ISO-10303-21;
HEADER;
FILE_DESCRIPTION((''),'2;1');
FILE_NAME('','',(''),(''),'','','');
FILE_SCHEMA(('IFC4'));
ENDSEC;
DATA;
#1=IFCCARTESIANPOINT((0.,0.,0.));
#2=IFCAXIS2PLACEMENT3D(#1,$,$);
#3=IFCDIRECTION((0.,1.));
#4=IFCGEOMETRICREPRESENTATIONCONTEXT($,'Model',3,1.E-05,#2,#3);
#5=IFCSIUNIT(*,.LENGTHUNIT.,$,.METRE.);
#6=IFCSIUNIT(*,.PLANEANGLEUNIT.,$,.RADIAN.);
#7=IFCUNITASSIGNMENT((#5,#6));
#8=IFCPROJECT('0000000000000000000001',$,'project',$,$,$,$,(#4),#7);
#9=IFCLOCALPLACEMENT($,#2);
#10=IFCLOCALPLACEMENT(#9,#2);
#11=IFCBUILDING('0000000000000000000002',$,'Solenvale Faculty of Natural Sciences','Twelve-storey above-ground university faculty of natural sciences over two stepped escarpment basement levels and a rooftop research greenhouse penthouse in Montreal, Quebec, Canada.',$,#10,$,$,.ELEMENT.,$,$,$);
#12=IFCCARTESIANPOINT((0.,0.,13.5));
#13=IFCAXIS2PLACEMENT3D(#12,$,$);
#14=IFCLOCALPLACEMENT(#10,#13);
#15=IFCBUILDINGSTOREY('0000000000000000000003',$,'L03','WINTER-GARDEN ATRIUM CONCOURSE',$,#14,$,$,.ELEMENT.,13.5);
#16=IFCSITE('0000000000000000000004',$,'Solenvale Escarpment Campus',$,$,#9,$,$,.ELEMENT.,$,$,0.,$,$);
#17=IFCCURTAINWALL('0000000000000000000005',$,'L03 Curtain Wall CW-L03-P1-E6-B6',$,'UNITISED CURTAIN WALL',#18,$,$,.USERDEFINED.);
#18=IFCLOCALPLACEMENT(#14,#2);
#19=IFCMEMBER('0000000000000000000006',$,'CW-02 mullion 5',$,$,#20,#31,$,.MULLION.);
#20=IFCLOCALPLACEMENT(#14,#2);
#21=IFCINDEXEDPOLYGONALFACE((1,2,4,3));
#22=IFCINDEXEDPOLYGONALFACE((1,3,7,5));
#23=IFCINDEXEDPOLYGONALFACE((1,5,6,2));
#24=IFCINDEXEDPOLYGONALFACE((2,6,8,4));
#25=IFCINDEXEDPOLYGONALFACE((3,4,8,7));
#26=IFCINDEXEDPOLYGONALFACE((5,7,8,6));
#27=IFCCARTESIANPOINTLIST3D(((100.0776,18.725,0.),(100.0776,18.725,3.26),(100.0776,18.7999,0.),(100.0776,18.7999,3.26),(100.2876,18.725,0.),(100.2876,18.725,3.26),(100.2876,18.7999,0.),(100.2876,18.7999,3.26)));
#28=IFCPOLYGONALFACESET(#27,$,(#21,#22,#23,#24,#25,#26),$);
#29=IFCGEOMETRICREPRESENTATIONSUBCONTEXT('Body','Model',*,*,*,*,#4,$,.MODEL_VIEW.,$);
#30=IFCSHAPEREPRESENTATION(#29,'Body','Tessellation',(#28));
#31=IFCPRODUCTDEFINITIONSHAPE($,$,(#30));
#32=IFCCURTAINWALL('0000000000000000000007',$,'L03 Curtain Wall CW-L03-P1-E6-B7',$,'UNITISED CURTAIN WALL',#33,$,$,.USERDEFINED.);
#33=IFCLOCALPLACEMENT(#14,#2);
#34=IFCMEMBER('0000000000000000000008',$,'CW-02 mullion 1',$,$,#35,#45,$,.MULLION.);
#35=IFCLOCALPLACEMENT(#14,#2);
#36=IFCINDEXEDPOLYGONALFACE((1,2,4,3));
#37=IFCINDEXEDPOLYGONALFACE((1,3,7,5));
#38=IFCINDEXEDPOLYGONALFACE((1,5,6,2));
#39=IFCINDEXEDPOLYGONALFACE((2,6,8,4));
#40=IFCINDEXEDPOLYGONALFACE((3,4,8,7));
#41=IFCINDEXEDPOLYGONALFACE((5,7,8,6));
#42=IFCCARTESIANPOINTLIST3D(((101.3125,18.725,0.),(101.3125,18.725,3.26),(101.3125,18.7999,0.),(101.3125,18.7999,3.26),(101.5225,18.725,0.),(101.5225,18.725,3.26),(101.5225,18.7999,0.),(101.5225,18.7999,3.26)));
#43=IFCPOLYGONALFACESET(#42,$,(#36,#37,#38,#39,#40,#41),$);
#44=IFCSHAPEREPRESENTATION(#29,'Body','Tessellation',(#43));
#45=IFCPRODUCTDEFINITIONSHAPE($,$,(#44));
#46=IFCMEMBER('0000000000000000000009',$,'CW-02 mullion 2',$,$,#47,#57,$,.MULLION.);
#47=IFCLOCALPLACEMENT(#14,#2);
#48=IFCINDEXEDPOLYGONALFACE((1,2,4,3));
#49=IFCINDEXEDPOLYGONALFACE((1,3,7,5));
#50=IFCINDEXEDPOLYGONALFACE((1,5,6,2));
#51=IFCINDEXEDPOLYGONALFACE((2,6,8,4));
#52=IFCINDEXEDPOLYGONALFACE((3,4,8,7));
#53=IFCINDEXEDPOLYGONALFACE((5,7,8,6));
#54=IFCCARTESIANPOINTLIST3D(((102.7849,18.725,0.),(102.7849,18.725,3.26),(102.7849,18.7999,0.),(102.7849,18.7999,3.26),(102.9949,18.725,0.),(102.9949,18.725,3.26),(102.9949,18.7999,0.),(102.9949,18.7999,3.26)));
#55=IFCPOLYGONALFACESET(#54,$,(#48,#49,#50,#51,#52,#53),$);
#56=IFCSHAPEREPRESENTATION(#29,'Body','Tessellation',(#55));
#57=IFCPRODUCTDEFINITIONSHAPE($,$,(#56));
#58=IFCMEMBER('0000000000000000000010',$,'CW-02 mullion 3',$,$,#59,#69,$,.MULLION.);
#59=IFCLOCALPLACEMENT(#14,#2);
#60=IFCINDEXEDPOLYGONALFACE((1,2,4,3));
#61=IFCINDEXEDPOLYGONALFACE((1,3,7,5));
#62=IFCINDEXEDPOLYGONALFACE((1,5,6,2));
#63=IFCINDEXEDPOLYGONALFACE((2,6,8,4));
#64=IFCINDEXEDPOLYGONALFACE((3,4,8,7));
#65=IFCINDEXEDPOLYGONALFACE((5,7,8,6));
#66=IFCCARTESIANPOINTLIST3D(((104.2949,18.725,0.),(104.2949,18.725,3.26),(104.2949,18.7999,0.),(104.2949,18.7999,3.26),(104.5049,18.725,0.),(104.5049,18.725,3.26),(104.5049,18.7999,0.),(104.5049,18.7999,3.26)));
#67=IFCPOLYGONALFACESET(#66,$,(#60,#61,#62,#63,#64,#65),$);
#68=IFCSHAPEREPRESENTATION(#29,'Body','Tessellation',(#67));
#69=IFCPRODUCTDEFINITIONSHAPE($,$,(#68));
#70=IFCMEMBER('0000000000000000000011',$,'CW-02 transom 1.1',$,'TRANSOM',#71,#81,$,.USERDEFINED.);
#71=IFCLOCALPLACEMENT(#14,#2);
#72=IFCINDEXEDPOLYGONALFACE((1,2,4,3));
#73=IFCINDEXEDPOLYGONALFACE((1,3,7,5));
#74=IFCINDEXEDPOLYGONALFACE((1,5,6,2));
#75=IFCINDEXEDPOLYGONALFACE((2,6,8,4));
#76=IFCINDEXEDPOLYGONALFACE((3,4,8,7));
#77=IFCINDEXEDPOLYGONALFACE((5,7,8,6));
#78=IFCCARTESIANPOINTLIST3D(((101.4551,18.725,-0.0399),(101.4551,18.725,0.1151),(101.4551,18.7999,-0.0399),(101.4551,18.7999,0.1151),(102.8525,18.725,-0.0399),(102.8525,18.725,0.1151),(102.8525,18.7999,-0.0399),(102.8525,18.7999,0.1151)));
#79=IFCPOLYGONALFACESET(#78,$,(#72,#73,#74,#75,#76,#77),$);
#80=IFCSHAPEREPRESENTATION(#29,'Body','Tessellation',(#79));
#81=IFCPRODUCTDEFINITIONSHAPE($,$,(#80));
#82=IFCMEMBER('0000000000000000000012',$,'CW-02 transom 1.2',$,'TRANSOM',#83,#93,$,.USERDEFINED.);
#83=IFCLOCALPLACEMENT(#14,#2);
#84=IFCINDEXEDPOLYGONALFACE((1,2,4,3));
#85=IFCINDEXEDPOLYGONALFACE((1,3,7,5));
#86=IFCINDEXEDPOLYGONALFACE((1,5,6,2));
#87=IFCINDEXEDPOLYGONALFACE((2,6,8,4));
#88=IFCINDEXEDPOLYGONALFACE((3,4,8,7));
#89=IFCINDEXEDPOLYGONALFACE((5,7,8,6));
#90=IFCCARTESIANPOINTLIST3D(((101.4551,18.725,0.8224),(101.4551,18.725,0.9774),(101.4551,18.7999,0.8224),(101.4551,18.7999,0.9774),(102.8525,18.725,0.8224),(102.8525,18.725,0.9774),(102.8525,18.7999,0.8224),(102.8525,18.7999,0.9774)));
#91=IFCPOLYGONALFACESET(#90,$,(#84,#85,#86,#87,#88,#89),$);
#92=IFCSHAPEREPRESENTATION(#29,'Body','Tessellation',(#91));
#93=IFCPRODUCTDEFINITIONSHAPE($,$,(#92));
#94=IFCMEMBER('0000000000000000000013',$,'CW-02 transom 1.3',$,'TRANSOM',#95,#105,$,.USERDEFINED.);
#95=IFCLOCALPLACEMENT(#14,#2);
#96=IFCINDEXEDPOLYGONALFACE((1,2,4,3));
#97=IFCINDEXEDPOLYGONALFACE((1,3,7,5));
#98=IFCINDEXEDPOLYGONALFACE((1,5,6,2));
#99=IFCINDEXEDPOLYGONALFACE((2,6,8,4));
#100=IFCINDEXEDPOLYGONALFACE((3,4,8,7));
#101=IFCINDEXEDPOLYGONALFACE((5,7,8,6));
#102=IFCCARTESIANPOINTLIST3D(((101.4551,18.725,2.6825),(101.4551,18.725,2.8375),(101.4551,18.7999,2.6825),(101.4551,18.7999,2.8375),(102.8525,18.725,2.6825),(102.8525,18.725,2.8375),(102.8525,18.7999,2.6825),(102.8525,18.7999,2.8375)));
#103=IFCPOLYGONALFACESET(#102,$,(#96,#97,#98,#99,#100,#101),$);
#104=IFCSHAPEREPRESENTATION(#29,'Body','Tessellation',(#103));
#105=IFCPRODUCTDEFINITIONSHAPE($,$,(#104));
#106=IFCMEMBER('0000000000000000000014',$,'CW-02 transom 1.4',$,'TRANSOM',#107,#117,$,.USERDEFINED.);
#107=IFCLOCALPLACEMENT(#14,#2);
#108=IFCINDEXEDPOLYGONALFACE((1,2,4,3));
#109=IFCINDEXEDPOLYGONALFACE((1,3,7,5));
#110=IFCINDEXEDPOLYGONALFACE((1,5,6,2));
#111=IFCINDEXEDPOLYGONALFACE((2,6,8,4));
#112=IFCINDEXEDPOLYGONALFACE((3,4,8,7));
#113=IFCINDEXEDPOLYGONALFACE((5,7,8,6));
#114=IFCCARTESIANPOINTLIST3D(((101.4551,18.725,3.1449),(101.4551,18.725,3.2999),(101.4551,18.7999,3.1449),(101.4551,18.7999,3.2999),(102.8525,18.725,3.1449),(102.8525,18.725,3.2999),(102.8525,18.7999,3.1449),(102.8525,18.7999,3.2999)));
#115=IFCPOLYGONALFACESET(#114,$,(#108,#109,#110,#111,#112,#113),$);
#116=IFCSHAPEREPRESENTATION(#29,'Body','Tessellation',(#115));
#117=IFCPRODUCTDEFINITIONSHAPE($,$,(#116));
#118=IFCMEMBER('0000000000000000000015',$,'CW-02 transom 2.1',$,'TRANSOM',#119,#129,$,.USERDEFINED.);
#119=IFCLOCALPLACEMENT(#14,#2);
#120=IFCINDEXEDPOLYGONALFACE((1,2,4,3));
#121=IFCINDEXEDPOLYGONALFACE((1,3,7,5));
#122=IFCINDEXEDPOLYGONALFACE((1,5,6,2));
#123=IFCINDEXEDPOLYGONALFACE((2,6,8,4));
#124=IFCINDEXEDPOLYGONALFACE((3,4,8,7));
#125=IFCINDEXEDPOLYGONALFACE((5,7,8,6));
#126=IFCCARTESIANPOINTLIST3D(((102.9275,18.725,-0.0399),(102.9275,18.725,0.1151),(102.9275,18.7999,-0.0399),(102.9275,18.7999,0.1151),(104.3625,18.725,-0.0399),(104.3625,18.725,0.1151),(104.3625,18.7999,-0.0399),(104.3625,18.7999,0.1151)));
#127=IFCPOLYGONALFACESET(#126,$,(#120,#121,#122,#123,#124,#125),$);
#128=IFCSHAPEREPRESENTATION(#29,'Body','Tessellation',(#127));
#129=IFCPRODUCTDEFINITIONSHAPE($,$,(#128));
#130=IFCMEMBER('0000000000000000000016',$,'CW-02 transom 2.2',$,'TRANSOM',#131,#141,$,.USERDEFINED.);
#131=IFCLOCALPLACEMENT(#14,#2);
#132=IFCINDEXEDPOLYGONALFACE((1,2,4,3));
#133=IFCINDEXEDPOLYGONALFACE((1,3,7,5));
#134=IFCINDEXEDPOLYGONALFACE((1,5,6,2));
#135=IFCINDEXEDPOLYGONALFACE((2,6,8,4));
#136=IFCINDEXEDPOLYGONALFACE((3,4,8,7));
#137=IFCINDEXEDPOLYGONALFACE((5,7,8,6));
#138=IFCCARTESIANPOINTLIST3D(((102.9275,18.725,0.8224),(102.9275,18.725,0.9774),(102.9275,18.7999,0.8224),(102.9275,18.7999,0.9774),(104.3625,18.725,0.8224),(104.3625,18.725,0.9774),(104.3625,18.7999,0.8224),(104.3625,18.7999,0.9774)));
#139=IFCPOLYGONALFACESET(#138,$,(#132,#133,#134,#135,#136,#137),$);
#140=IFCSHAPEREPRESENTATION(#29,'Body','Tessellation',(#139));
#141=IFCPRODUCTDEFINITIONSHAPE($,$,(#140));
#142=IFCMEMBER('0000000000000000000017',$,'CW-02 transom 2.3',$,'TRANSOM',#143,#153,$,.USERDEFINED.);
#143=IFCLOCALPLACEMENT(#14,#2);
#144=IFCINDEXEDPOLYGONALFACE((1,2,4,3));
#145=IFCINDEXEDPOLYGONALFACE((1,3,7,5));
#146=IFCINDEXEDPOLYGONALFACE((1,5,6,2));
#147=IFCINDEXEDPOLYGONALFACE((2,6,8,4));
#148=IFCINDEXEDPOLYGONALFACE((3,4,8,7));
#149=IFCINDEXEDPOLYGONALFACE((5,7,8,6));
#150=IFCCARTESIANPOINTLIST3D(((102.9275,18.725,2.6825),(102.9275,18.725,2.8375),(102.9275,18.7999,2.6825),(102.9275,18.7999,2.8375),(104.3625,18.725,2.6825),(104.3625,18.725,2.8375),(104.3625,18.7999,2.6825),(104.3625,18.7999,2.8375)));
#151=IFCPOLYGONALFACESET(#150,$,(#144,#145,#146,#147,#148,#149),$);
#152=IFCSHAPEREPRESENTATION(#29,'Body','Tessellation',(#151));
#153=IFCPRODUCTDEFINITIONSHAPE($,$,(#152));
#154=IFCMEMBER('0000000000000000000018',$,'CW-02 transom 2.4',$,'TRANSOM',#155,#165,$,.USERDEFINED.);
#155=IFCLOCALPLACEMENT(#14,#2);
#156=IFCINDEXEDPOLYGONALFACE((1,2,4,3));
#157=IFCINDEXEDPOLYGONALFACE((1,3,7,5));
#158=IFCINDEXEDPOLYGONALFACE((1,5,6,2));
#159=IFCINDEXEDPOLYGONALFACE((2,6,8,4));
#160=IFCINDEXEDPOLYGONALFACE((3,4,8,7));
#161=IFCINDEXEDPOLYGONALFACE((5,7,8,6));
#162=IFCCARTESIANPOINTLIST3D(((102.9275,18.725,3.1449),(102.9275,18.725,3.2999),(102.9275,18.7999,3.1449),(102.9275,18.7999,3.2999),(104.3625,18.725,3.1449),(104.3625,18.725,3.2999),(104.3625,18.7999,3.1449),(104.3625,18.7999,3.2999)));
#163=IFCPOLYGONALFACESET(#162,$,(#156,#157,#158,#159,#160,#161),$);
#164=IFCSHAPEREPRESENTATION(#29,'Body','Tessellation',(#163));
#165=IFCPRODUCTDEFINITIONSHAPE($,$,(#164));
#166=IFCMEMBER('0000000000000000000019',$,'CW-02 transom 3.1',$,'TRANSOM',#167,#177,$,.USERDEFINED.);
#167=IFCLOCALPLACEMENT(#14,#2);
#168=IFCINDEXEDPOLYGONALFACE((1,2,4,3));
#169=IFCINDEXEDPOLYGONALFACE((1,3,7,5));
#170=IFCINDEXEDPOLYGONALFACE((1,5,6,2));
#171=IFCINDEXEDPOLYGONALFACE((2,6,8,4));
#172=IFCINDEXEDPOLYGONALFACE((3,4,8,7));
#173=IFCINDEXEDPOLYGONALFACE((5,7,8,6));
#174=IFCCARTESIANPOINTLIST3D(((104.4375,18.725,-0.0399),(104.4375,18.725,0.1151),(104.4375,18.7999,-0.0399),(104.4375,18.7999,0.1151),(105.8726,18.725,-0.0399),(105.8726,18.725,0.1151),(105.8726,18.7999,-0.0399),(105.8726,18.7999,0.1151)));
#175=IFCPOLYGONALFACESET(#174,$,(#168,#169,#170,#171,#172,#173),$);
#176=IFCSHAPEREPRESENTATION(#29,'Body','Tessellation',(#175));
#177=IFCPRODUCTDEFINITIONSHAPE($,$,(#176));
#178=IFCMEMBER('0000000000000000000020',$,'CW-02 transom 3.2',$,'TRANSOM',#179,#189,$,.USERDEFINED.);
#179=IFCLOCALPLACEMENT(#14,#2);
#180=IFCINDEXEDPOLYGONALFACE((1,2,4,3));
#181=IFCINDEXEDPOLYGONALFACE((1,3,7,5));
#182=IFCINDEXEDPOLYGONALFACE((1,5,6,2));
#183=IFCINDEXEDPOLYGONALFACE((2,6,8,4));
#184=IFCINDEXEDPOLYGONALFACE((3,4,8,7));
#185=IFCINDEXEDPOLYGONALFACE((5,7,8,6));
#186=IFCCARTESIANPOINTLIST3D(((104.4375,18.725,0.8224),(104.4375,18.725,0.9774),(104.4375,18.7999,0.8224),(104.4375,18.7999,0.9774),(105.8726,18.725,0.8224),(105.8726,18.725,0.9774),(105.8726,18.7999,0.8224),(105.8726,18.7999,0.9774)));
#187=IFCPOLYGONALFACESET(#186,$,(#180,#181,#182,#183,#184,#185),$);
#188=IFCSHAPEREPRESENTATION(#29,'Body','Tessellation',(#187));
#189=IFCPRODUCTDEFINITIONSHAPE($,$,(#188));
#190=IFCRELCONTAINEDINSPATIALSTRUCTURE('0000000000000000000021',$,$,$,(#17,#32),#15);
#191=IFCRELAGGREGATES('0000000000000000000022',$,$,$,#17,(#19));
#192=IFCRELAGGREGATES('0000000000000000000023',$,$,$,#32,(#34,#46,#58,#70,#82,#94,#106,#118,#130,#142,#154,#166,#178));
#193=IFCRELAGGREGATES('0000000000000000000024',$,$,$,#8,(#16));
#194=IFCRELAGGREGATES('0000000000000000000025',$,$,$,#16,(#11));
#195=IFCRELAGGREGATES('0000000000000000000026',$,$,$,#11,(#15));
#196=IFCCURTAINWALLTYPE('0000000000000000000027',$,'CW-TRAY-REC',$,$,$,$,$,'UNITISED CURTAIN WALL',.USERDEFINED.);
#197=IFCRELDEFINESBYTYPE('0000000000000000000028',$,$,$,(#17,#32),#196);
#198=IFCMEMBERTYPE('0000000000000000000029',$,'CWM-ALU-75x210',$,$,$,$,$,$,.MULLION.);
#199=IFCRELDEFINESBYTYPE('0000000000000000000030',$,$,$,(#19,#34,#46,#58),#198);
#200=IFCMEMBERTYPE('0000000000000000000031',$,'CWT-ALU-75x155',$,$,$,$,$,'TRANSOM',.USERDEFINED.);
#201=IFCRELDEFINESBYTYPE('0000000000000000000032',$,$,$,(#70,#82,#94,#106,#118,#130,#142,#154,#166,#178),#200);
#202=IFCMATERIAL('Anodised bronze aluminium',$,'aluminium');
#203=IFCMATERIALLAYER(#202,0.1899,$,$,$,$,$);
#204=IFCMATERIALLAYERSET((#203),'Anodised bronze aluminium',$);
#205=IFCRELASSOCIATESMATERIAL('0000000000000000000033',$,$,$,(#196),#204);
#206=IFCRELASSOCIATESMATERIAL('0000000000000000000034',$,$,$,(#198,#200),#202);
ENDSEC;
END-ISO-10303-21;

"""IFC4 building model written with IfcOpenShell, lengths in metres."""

from ifc_helpers import new_model, si_unit, direction, frame, origin, origin_2d, place, context, subcontext, project, spatial, rectangle, extrude, material, layer, layer_set, material_profile, profile_set, type_object, element, aggregate, save


model = new_model("IFC4")

# Units and contexts
model_context = context("Model", 3, precision=1e-05, world=origin(), true_north=direction((0.0, 1.0)))
body_context = subcontext(model_context, "Body", "Model", "MODEL_VIEW")
ifc_project = project(units=[si_unit("LENGTHUNIT", "METRE"), si_unit("PLANEANGLEUNIT", "RADIAN")], contexts=[model_context])

# Site, building, storey
site_placement = place(None, origin())
site = spatial("IfcSite", under=ifc_project, at=site_placement, Name="Solenvale Escarpment Campus", CompositionType="ELEMENT", RefElevation=0.0)
building_placement = place(site_placement, origin())
building = spatial("IfcBuilding", under=site, at=building_placement, Name="Solenvale Faculty of Natural Sciences", Description="Twelve-storey above-ground university faculty of natural sciences over two stepped escarpment basement levels and a rooftop research greenhouse penthouse in Montreal, Quebec, Canada.", CompositionType="ELEMENT")
storey_placement = place(building_placement, frame((0.0, 0.0, 13.5)))
storey = spatial("IfcBuildingStorey", under=building, at=storey_placement, Name="L03", Description="WINTER-GARDEN ATRIUM CONCOURSE", CompositionType="ELEMENT", Elevation=13.5)

# Curtain wall, member
ifc_material_1 = material(Name="Anodised bronze aluminium", Category="aluminium")
ifc_layer_1 = layer(ifc_material_1, 0.1899)
ifc_layer_set_1 = layer_set([ifc_layer_1], Name="Anodised bronze aluminium")
curtain_wall_type = type_object("IfcCurtainWallType", Name="CW-TRAY-REC", ElementType="UNITISED CURTAIN WALL", PredefinedType="USERDEFINED", material=ifc_layer_set_1)
curtain_wall_1_placement = place(storey_placement, origin())
curtain_wall_1 = element("IfcCurtainWall", 1, at=curtain_wall_1_placement, inside=storey, type_object=curtain_wall_type, Name="L03 Curtain Wall CW-L03-P1-E6-B6", ObjectType="UNITISED CURTAIN WALL", PredefinedType="USERDEFINED")
ifc_material_profile_1 = material_profile(ifc_material_1, rectangle(XDim=0.075, YDim=0.21, at=origin_2d()), Name="ALU-MUL-75x210")
ifc_profile_set_1 = profile_set([ifc_material_profile_1], Name="Anodised bronze aluminium")
member_type_1 = type_object("IfcMemberType", Name="CWM-ALU-75x210", PredefinedType="MULLION", material=ifc_profile_set_1)
member_1_placement = place(storey_placement, frame((100.1826, 18.7625, 0.0), z_axis=(0.0, 0.0, 1.0), x_axis=(0.0, 1.0, 0.0)))
member_1 = element("IfcMember", 2, at=member_1_placement, type_object=member_type_1, Name="CW-02 mullion 5", PredefinedType="MULLION", context=body_context, shape_type="SweptSolid", body=[
    extrude(rectangle(XDim=0.075, YDim=0.21, at=origin_2d()), origin(), (0.0, 0.0, 1.0), 3.26),
])

# Curtain wall, members
curtain_wall_2_placement = place(storey_placement, origin())
curtain_wall_2 = element("IfcCurtainWall", 3, at=curtain_wall_2_placement, inside=storey, type_object=curtain_wall_type, Name="L03 Curtain Wall CW-L03-P1-E6-B7", ObjectType="UNITISED CURTAIN WALL", PredefinedType="USERDEFINED")
member_2_placement = place(storey_placement, frame((101.4175, 18.7625, 0.0), z_axis=(0.0, 0.0, 1.0), x_axis=(0.0, 1.0, 0.0)))
member_2 = element("IfcMember", 4, at=member_2_placement, type_object=member_type_1, Name="CW-02 mullion 1", PredefinedType="MULLION", context=body_context, shape_type="SweptSolid", body=[
    extrude(rectangle(XDim=0.075, YDim=0.21, at=origin_2d()), origin(), (0.0, 0.0, 1.0), 3.26),
])
member_3_placement = place(storey_placement, frame((102.8899, 18.7625, 0.0), z_axis=(0.0, 0.0, 1.0), x_axis=(0.0, 1.0, 0.0)))
member_3 = element("IfcMember", 5, at=member_3_placement, type_object=member_type_1, Name="CW-02 mullion 2", PredefinedType="MULLION", context=body_context, shape_type="SweptSolid", body=[
    extrude(rectangle(XDim=0.075, YDim=0.21, at=origin_2d()), origin(), (0.0, 0.0, 1.0), 3.26),
])
member_4_placement = place(storey_placement, frame((104.3999, 18.7625, 0.0), z_axis=(0.0, 0.0, 1.0), x_axis=(0.0, 1.0, 0.0)))
member_4 = element("IfcMember", 6, at=member_4_placement, type_object=member_type_1, Name="CW-02 mullion 3", PredefinedType="MULLION", context=body_context, shape_type="SweptSolid", body=[
    extrude(rectangle(XDim=0.075, YDim=0.21, at=origin_2d()), origin(), (0.0, 0.0, 1.0), 3.26),
])
ifc_material_profile_2 = material_profile(ifc_material_1, rectangle(XDim=0.075, YDim=0.155, at=origin_2d()), Name="ALU-TRN-75x155")
ifc_profile_set_2 = profile_set([ifc_material_profile_2], Name="Anodised bronze aluminium")
member_type_2 = type_object("IfcMemberType", Name="CWT-ALU-75x155", ElementType="TRANSOM", PredefinedType="USERDEFINED", material=ifc_profile_set_2)
member_5_placement = place(storey_placement, frame((101.4551, 18.7625, 0.0376), z_axis=(1.0, 0.0, 0.0), x_axis=(0.0, 1.0, 0.0)))
member_5 = element("IfcMember", 7, at=member_5_placement, type_object=member_type_2, Name="CW-02 transom 1.1", ObjectType="TRANSOM", PredefinedType="USERDEFINED", context=body_context, shape_type="SweptSolid", body=[
    extrude(rectangle(XDim=0.075, YDim=0.155, at=origin_2d()), origin(), (0.0, 0.0, 1.0), 1.3975),
])
member_6_placement = place(storey_placement, frame((101.4551, 18.7625, 0.8999), z_axis=(1.0, 0.0, 0.0), x_axis=(0.0, 1.0, 0.0)))
member_6 = element("IfcMember", 8, at=member_6_placement, type_object=member_type_2, Name="CW-02 transom 1.2", ObjectType="TRANSOM", PredefinedType="USERDEFINED", context=body_context, shape_type="SweptSolid", body=[
    extrude(rectangle(XDim=0.075, YDim=0.155, at=origin_2d()), origin(), (0.0, 0.0, 1.0), 1.3975),
])
member_7_placement = place(storey_placement, frame((101.4551, 18.7625, 2.76), z_axis=(1.0, 0.0, 0.0), x_axis=(0.0, 1.0, 0.0)))
member_7 = element("IfcMember", 9, at=member_7_placement, type_object=member_type_2, Name="CW-02 transom 1.3", ObjectType="TRANSOM", PredefinedType="USERDEFINED", context=body_context, shape_type="SweptSolid", body=[
    extrude(rectangle(XDim=0.075, YDim=0.155, at=origin_2d()), origin(), (0.0, 0.0, 1.0), 1.3975),
])
member_8_placement = place(storey_placement, frame((101.4551, 18.7625, 3.2224), z_axis=(1.0, 0.0, 0.0), x_axis=(0.0, 1.0, 0.0)))
member_8 = element("IfcMember", 10, at=member_8_placement, type_object=member_type_2, Name="CW-02 transom 1.4", ObjectType="TRANSOM", PredefinedType="USERDEFINED", context=body_context, shape_type="SweptSolid", body=[
    extrude(rectangle(XDim=0.075, YDim=0.155, at=origin_2d()), origin(), (0.0, 0.0, 1.0), 1.3975),
])
member_9_placement = place(storey_placement, frame((102.9275, 18.7625, 0.0376), z_axis=(1.0, 0.0, 0.0), x_axis=(0.0, 1.0, 0.0)))
member_9 = element("IfcMember", 11, at=member_9_placement, type_object=member_type_2, Name="CW-02 transom 2.1", ObjectType="TRANSOM", PredefinedType="USERDEFINED", context=body_context, shape_type="SweptSolid", body=[
    extrude(rectangle(XDim=0.075, YDim=0.155, at=origin_2d()), origin(), (0.0, 0.0, 1.0), 1.4351),
])
member_10_placement = place(storey_placement, frame((102.9275, 18.7625, 0.8999), z_axis=(1.0, 0.0, 0.0), x_axis=(0.0, 1.0, 0.0)))
member_10 = element("IfcMember", 12, at=member_10_placement, type_object=member_type_2, Name="CW-02 transom 2.2", ObjectType="TRANSOM", PredefinedType="USERDEFINED", context=body_context, shape_type="SweptSolid", body=[
    extrude(rectangle(XDim=0.075, YDim=0.155, at=origin_2d()), origin(), (0.0, 0.0, 1.0), 1.4351),
])
member_11_placement = place(storey_placement, frame((102.9275, 18.7625, 2.76), z_axis=(1.0, 0.0, 0.0), x_axis=(0.0, 1.0, 0.0)))
member_11 = element("IfcMember", 13, at=member_11_placement, type_object=member_type_2, Name="CW-02 transom 2.3", ObjectType="TRANSOM", PredefinedType="USERDEFINED", context=body_context, shape_type="SweptSolid", body=[
    extrude(rectangle(XDim=0.075, YDim=0.155, at=origin_2d()), origin(), (0.0, 0.0, 1.0), 1.4351),
])
member_12_placement = place(storey_placement, frame((102.9275, 18.7625, 3.2224), z_axis=(1.0, 0.0, 0.0), x_axis=(0.0, 1.0, 0.0)))
member_12 = element("IfcMember", 14, at=member_12_placement, type_object=member_type_2, Name="CW-02 transom 2.4", ObjectType="TRANSOM", PredefinedType="USERDEFINED", context=body_context, shape_type="SweptSolid", body=[
    extrude(rectangle(XDim=0.075, YDim=0.155, at=origin_2d()), origin(), (0.0, 0.0, 1.0), 1.4351),
])
member_13_placement = place(storey_placement, frame((104.4375, 18.7625, 0.0376), z_axis=(1.0, 0.0, 0.0), x_axis=(0.0, 1.0, 0.0)))
member_13 = element("IfcMember", 15, at=member_13_placement, type_object=member_type_2, Name="CW-02 transom 3.1", ObjectType="TRANSOM", PredefinedType="USERDEFINED", context=body_context, shape_type="SweptSolid", body=[
    extrude(rectangle(XDim=0.075, YDim=0.155, at=origin_2d()), origin(), (0.0, 0.0, 1.0), 1.4351),
])
member_14_placement = place(storey_placement, frame((104.4375, 18.7625, 0.8999), z_axis=(1.0, 0.0, 0.0), x_axis=(0.0, 1.0, 0.0)))
member_14 = element("IfcMember", 16, at=member_14_placement, type_object=member_type_2, Name="CW-02 transom 3.2", ObjectType="TRANSOM", PredefinedType="USERDEFINED", context=body_context, shape_type="SweptSolid", body=[
    extrude(rectangle(XDim=0.075, YDim=0.155, at=origin_2d()), origin(), (0.0, 0.0, 1.0), 1.4351),
])

aggregate(curtain_wall_1, [member_1])
aggregate(curtain_wall_2, [member_2, member_3, member_4, member_5, member_6, member_7, member_8, member_9, member_10, member_11, member_12, member_13, member_14])

save(model, "model.ifc")
